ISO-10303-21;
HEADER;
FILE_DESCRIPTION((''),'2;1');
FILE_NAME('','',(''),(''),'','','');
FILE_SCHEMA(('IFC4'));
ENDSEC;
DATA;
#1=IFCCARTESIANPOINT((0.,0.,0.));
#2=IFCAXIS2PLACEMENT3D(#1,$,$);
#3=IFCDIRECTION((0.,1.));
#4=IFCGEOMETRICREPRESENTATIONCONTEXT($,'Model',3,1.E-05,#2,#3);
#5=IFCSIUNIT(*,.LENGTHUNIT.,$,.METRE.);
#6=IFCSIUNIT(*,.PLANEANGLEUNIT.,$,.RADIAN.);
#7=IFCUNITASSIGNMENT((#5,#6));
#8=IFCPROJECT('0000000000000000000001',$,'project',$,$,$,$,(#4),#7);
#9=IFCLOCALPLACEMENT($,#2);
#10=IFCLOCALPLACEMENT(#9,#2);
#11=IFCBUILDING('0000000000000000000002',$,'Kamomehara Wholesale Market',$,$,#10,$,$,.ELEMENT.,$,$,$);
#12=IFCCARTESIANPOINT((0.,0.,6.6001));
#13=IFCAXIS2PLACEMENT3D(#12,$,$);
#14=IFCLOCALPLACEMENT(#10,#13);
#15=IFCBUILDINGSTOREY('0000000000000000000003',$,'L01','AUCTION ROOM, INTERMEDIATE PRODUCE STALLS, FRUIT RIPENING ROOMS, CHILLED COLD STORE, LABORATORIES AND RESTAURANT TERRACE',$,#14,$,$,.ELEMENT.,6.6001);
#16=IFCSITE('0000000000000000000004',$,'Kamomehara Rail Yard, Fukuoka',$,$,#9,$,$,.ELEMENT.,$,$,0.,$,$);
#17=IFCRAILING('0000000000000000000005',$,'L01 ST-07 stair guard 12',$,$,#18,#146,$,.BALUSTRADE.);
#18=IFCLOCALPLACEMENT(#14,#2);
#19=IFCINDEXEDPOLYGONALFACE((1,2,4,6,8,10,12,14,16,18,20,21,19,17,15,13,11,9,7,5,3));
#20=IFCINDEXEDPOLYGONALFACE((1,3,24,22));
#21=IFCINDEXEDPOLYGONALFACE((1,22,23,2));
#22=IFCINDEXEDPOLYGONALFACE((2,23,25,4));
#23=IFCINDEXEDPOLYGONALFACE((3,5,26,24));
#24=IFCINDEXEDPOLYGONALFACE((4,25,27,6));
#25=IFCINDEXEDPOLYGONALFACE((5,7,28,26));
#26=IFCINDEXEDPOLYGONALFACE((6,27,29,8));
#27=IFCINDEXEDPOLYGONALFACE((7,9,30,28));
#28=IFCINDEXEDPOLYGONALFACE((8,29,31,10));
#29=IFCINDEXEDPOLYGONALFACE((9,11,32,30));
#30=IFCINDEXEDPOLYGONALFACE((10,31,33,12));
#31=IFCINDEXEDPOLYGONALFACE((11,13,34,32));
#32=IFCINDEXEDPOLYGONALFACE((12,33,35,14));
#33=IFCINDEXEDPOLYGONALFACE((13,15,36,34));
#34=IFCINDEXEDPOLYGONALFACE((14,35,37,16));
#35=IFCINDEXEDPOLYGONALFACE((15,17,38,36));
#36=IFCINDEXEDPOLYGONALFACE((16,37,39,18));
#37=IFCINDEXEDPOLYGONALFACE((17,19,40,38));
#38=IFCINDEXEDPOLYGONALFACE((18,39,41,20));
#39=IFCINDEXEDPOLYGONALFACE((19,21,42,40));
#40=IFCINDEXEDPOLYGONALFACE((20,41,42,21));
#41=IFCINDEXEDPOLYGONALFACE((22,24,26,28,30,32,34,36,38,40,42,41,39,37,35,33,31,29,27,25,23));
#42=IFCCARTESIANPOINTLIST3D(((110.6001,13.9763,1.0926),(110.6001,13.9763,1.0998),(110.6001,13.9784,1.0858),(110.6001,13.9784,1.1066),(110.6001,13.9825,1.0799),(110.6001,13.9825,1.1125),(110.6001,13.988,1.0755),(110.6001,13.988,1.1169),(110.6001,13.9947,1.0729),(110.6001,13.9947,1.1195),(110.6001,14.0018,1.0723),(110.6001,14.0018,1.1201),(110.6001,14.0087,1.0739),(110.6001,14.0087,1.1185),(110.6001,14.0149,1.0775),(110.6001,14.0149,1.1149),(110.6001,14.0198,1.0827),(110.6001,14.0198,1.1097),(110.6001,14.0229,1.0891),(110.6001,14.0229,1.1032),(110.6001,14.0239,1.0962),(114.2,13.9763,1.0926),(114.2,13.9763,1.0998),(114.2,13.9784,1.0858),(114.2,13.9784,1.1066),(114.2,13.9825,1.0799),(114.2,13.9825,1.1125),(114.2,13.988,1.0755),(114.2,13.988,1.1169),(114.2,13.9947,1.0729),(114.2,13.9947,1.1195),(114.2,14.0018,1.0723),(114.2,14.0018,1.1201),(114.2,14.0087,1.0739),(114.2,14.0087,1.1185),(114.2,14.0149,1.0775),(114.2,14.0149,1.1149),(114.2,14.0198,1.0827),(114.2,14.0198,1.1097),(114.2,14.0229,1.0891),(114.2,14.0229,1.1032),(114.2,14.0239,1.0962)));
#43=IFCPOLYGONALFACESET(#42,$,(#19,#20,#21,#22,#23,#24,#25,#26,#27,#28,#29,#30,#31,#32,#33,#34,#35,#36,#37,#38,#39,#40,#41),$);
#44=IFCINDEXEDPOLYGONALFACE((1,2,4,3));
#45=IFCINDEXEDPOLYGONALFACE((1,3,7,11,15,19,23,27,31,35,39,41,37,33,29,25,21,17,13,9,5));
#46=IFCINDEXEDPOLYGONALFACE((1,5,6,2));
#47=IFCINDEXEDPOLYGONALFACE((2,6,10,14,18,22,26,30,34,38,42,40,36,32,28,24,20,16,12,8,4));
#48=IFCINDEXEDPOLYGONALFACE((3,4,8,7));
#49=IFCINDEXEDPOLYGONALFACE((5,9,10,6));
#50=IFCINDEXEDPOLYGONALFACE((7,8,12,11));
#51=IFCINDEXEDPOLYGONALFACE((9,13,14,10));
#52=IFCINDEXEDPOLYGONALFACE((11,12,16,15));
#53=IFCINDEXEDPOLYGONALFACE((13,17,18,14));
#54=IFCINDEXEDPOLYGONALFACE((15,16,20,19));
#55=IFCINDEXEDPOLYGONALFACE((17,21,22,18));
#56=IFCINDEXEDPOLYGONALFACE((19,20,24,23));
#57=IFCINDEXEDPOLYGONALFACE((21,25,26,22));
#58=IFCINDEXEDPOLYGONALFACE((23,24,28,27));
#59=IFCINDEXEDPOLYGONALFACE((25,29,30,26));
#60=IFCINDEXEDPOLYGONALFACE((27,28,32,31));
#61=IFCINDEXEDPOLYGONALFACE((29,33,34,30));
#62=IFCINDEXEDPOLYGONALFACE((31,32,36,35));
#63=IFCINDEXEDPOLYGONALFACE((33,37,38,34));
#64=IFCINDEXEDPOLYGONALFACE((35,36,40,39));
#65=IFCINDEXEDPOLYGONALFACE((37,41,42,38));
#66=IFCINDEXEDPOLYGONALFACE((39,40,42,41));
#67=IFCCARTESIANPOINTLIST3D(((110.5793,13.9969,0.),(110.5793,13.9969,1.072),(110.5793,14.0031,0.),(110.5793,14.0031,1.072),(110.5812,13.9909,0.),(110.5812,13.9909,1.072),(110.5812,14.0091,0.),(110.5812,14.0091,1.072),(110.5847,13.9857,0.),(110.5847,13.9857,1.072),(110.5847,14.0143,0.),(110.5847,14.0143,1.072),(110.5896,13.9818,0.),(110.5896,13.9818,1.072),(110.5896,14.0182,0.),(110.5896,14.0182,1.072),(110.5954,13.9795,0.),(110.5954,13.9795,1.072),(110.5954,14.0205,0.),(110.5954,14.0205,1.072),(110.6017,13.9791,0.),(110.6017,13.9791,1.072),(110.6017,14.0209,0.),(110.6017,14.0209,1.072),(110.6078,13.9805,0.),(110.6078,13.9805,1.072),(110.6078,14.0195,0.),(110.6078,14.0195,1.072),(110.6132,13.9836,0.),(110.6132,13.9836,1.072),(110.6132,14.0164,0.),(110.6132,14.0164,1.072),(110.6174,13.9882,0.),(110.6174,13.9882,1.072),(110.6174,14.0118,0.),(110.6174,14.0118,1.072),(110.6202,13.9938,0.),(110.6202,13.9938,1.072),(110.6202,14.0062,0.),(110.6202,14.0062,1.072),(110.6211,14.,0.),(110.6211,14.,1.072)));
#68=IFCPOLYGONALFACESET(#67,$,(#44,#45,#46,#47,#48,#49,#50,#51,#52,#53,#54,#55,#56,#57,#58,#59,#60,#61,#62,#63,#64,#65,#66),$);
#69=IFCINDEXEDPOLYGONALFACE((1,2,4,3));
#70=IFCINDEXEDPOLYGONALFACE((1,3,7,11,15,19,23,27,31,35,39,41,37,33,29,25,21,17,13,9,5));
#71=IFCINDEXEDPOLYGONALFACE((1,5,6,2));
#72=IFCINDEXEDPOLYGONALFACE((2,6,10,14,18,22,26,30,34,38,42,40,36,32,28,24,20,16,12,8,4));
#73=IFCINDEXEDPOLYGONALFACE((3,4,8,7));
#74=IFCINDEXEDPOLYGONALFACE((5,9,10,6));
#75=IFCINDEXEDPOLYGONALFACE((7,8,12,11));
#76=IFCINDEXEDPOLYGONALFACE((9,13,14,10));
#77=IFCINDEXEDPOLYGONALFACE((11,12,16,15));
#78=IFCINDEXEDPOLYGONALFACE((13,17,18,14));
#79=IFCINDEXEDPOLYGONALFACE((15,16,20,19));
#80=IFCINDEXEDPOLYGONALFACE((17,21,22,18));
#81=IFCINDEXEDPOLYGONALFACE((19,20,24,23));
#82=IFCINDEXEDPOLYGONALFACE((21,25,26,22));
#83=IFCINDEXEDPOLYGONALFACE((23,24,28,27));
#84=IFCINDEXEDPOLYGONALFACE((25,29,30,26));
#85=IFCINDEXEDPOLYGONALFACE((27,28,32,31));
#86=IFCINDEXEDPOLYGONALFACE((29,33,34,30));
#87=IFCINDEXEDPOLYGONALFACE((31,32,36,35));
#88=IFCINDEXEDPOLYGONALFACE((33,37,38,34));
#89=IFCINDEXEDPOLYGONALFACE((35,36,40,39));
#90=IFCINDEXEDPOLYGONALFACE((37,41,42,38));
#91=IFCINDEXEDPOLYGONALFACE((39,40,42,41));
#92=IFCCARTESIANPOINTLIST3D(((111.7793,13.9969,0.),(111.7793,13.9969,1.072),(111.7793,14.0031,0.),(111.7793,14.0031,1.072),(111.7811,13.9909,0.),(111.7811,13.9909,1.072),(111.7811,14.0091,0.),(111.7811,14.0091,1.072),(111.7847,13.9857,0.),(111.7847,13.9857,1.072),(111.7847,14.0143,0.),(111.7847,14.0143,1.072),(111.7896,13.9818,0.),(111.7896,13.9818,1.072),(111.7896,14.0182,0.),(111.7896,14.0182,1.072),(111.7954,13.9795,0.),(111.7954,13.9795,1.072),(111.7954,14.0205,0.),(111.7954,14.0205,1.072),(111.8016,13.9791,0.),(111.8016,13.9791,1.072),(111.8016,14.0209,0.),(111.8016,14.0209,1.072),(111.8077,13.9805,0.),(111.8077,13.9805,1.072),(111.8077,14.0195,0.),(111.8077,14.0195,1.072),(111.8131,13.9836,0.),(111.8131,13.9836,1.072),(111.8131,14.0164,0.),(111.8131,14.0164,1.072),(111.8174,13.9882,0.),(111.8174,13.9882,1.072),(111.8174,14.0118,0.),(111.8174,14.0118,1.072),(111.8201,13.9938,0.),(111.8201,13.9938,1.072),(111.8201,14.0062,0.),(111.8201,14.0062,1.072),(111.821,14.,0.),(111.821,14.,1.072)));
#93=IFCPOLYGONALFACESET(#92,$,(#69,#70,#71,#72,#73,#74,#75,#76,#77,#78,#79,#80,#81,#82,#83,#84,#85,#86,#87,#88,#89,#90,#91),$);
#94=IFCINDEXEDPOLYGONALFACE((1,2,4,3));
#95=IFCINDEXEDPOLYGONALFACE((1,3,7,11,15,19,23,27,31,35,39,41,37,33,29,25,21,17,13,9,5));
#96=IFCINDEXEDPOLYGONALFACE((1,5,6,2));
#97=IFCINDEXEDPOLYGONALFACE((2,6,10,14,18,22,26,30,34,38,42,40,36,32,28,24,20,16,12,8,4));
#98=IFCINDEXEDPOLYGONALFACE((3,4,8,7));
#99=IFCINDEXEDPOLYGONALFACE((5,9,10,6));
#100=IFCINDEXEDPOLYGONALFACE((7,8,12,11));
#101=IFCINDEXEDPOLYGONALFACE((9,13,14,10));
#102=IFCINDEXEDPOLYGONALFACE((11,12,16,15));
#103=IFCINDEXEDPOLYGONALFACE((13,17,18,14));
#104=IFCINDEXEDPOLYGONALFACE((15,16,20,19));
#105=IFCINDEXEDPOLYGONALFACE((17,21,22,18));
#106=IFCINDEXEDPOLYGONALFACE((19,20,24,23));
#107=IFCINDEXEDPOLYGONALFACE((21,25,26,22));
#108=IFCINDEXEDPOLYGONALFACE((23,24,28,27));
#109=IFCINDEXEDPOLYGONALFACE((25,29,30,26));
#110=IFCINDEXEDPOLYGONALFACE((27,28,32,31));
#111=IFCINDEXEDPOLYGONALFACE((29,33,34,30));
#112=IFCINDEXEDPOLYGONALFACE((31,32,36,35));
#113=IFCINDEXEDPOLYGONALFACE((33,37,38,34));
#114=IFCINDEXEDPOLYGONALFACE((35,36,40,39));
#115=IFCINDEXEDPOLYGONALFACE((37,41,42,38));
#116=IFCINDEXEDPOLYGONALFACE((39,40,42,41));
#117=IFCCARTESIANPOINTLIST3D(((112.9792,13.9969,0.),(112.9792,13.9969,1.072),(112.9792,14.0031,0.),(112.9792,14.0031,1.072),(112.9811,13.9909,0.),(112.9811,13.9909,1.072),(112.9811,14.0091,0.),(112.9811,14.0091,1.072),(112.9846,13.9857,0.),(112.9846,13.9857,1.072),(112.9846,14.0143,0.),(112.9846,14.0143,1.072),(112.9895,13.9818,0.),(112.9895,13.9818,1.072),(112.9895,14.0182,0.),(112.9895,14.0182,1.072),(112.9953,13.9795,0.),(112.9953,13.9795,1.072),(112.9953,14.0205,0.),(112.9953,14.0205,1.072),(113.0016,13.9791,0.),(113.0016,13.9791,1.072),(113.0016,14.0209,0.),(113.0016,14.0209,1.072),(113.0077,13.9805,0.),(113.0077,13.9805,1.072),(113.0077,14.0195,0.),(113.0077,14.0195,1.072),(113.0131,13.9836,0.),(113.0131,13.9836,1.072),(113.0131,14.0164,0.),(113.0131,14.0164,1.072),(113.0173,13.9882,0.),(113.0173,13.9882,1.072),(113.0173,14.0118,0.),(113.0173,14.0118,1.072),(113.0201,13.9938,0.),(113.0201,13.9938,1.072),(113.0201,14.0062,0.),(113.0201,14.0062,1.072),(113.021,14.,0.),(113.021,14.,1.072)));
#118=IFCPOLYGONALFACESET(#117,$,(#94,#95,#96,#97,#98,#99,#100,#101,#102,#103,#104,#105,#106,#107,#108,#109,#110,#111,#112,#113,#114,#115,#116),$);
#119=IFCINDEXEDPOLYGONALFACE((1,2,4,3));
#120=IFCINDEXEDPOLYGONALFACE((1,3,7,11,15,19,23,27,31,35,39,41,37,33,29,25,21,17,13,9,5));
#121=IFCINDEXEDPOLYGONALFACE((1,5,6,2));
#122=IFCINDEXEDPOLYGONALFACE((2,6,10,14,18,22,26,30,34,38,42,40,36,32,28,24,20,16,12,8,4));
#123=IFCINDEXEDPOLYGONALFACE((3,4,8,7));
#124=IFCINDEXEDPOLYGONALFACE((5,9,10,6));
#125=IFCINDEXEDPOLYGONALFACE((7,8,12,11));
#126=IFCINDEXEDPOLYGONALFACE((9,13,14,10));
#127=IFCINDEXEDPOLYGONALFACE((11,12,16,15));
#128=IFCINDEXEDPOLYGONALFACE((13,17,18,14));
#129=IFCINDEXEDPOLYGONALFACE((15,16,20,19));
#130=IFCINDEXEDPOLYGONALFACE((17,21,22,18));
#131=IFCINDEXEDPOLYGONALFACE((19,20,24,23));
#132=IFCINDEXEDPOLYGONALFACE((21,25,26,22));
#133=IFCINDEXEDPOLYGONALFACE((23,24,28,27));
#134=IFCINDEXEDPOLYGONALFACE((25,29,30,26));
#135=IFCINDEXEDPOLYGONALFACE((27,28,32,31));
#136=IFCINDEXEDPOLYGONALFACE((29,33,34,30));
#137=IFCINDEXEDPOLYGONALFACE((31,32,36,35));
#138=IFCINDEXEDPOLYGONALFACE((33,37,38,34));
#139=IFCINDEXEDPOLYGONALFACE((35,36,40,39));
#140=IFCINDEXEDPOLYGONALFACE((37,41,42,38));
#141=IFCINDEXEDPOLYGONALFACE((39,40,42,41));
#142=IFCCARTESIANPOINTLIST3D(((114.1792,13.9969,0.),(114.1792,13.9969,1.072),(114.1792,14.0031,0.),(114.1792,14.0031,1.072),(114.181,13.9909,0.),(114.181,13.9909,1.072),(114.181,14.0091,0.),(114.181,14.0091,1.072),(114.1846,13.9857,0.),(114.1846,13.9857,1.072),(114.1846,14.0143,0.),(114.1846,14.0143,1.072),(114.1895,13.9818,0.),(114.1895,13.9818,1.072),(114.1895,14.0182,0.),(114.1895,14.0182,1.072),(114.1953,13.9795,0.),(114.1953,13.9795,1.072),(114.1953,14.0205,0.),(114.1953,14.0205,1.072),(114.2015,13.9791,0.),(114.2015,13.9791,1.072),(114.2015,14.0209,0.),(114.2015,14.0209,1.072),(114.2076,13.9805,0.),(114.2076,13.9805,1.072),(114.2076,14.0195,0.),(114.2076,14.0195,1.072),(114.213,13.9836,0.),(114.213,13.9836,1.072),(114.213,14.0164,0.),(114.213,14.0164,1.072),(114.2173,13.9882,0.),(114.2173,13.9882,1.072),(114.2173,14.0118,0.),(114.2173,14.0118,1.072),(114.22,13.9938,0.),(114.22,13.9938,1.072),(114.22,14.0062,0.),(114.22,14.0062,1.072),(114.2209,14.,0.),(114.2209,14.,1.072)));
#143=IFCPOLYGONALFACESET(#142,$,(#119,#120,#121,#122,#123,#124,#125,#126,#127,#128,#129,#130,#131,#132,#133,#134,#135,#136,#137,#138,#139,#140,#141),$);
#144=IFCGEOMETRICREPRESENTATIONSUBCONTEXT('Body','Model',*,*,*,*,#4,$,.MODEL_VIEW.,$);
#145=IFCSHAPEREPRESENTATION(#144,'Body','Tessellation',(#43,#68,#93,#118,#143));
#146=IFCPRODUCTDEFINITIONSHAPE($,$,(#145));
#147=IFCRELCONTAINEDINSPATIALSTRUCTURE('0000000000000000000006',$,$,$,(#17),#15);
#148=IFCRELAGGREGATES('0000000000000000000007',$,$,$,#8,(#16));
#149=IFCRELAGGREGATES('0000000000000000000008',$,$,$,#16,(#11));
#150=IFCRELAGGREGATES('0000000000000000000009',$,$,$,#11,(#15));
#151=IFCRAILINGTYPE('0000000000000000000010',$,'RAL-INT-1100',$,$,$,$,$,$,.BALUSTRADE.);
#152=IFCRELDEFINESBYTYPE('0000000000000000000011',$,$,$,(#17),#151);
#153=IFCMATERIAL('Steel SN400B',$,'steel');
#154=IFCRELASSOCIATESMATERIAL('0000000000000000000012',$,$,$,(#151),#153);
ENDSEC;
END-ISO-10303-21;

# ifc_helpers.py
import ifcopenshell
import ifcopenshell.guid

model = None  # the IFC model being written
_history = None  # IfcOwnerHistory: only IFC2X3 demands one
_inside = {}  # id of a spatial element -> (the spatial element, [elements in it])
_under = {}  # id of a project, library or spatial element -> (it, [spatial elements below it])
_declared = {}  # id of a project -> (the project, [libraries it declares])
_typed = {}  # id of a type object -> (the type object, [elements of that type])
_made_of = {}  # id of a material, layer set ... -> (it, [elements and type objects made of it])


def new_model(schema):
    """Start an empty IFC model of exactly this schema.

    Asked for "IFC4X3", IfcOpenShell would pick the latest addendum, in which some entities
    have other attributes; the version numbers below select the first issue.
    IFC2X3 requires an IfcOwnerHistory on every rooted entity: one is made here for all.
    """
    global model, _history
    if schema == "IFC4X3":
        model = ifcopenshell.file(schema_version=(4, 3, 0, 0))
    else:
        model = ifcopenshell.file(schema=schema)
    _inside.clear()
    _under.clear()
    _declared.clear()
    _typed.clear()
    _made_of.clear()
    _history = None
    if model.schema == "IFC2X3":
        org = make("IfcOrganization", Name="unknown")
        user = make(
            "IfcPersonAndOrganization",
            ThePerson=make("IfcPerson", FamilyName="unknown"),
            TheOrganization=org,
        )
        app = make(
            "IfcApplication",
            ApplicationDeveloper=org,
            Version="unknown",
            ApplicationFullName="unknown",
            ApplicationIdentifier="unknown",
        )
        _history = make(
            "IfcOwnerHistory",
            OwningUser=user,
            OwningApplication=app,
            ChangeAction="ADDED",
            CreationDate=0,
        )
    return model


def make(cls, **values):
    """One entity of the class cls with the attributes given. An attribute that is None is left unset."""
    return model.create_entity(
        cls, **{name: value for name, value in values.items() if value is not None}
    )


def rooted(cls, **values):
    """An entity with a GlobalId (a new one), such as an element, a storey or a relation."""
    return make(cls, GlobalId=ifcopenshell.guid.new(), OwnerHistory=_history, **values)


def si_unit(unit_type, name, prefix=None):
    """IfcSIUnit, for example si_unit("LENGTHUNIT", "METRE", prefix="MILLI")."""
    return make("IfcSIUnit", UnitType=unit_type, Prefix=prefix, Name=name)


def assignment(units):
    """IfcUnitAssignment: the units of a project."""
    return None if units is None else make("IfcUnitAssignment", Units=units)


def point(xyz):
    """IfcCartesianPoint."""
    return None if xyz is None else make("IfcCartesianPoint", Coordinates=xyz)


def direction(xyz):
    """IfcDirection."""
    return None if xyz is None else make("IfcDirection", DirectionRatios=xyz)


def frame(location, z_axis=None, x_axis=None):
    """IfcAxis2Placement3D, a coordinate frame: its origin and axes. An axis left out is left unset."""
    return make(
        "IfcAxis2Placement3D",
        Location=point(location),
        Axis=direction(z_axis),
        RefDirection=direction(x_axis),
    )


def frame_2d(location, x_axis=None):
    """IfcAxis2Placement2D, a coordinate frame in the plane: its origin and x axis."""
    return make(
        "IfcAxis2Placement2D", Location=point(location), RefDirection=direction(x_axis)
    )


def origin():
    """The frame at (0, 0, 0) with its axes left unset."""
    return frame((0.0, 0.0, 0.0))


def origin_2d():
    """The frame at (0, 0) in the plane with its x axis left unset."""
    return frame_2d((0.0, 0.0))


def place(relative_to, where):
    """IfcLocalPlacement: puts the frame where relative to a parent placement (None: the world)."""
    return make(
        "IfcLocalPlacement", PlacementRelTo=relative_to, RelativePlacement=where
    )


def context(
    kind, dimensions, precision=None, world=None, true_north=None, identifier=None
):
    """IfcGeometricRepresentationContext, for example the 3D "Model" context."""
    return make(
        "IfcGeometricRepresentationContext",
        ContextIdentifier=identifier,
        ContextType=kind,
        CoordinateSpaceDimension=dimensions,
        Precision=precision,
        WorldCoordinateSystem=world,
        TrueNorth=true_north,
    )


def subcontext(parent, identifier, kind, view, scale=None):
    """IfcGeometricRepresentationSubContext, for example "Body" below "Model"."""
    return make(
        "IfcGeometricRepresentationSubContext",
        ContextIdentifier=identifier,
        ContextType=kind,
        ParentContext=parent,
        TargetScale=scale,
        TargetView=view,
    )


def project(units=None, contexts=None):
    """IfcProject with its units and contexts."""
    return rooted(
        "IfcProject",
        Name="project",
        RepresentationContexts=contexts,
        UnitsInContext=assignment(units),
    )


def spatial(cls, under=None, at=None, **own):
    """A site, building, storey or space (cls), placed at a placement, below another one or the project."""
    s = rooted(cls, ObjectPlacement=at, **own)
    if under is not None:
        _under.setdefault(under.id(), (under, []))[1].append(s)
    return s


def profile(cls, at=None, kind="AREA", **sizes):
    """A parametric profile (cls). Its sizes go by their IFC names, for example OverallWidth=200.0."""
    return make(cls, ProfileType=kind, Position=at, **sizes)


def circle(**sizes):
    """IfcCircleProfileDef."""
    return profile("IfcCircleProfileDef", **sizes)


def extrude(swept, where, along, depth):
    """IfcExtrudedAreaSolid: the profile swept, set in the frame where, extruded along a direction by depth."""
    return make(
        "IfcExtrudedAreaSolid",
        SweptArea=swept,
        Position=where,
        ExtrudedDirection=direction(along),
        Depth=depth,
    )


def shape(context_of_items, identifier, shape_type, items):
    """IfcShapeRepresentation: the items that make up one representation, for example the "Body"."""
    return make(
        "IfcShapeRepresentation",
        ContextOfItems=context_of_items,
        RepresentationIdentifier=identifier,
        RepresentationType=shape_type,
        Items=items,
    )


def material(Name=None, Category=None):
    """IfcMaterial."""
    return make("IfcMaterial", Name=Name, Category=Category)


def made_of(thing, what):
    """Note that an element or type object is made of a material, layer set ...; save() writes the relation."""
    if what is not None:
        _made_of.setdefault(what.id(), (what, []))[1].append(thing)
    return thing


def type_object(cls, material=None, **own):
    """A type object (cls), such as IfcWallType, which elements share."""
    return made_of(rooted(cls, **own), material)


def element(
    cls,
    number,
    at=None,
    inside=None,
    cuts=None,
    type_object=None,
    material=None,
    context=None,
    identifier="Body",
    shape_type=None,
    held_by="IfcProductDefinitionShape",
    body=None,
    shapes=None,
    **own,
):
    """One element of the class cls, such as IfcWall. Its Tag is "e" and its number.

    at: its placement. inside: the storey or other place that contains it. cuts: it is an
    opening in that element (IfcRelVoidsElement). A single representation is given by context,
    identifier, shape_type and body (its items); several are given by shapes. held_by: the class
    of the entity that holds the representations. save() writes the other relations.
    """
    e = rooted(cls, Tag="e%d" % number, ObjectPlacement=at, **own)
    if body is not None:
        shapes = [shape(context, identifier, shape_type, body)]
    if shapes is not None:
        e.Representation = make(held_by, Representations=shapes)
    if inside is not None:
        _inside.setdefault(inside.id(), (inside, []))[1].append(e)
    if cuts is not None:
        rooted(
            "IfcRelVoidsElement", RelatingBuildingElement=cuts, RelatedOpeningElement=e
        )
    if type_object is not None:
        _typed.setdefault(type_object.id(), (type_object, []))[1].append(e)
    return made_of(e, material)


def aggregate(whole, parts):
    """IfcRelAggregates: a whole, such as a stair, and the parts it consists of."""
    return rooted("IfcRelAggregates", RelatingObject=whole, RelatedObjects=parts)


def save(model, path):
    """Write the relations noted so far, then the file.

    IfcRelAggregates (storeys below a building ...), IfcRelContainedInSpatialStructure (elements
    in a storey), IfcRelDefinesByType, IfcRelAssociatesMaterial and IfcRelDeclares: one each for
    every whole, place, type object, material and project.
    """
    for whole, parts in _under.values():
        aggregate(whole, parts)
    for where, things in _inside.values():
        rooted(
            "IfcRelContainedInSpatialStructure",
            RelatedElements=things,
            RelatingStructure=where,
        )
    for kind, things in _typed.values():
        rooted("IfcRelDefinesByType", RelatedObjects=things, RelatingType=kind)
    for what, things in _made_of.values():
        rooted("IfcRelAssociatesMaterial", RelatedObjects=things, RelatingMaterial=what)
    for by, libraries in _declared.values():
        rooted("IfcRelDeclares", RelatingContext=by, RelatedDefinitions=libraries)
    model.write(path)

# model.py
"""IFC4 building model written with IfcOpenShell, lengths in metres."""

from ifc_helpers import new_model, si_unit, direction, frame, origin, origin_2d, place, context, subcontext, project, spatial, circle, extrude, material, type_object, element, save


model = new_model("IFC4")

# Units and contexts
model_context = context("Model", 3, precision=1e-05, world=origin(), true_north=direction((0.0, 1.0)))
body_context = subcontext(model_context, "Body", "Model", "MODEL_VIEW")
ifc_project = project(units=[si_unit("LENGTHUNIT", "METRE"), si_unit("PLANEANGLEUNIT", "RADIAN")], contexts=[model_context])

# Site, building, storey
site_placement = place(None, origin())
site = spatial("IfcSite", under=ifc_project, at=site_placement, Name="Kamomehara Rail Yard, Fukuoka", CompositionType="ELEMENT", RefElevation=0.0)
building_placement = place(site_placement, origin())
building = spatial("IfcBuilding", under=site, at=building_placement, Name="Kamomehara Wholesale Market", CompositionType="ELEMENT")
storey_placement = place(building_placement, frame((0.0, 0.0, 6.6001)))
storey = spatial("IfcBuildingStorey", under=building, at=storey_placement, Name="L01", Description="AUCTION ROOM, INTERMEDIATE PRODUCE STALLS, FRUIT RIPENING ROOMS, CHILLED COLD STORE, LABORATORIES AND RESTAURANT TERRACE", CompositionType="ELEMENT", Elevation=6.6001)

# Railing
ifc_material_1 = material(Name="Steel SN400B", Category="steel")
railing_type_1 = type_object("IfcRailingType", Name="RAL-INT-1100", PredefinedType="BALUSTRADE", material=ifc_material_1)
railing_1_placement = place(storey_placement, frame((110.6001, 14.0, 0.0)))
element("IfcRailing", 1, at=railing_1_placement, inside=storey, type_object=railing_type_1, Name="L01 ST-07 stair guard 12", PredefinedType="BALUSTRADE", context=body_context, shape_type="SweptSolid", body=[
    extrude(circle(Radius=0.0239, at=origin_2d()), frame((0.0, 0.0, 1.0962), z_axis=(1.0, 0.0, 0.0), x_axis=(0.0, 1.0, 0.0)), (0.0, 0.0, 1.0), 3.5999),
    extrude(circle(Radius=0.021, at=origin_2d()), origin(), (0.0, 0.0, 1.0), 1.072),
    extrude(circle(Radius=0.021, at=origin_2d()), frame((1.2, 0.0, 0.0)), (0.0, 0.0, 1.0), 1.072),
    extrude(circle(Radius=0.021, at=origin_2d()), frame((2.3999, 0.0, 0.0)), (0.0, 0.0, 1.0), 1.072),
    extrude(circle(Radius=0.021, at=origin_2d()), frame((3.5999, 0.0, 0.0)), (0.0, 0.0, 1.0), 1.072),
])

save(model, "model.ifc")
